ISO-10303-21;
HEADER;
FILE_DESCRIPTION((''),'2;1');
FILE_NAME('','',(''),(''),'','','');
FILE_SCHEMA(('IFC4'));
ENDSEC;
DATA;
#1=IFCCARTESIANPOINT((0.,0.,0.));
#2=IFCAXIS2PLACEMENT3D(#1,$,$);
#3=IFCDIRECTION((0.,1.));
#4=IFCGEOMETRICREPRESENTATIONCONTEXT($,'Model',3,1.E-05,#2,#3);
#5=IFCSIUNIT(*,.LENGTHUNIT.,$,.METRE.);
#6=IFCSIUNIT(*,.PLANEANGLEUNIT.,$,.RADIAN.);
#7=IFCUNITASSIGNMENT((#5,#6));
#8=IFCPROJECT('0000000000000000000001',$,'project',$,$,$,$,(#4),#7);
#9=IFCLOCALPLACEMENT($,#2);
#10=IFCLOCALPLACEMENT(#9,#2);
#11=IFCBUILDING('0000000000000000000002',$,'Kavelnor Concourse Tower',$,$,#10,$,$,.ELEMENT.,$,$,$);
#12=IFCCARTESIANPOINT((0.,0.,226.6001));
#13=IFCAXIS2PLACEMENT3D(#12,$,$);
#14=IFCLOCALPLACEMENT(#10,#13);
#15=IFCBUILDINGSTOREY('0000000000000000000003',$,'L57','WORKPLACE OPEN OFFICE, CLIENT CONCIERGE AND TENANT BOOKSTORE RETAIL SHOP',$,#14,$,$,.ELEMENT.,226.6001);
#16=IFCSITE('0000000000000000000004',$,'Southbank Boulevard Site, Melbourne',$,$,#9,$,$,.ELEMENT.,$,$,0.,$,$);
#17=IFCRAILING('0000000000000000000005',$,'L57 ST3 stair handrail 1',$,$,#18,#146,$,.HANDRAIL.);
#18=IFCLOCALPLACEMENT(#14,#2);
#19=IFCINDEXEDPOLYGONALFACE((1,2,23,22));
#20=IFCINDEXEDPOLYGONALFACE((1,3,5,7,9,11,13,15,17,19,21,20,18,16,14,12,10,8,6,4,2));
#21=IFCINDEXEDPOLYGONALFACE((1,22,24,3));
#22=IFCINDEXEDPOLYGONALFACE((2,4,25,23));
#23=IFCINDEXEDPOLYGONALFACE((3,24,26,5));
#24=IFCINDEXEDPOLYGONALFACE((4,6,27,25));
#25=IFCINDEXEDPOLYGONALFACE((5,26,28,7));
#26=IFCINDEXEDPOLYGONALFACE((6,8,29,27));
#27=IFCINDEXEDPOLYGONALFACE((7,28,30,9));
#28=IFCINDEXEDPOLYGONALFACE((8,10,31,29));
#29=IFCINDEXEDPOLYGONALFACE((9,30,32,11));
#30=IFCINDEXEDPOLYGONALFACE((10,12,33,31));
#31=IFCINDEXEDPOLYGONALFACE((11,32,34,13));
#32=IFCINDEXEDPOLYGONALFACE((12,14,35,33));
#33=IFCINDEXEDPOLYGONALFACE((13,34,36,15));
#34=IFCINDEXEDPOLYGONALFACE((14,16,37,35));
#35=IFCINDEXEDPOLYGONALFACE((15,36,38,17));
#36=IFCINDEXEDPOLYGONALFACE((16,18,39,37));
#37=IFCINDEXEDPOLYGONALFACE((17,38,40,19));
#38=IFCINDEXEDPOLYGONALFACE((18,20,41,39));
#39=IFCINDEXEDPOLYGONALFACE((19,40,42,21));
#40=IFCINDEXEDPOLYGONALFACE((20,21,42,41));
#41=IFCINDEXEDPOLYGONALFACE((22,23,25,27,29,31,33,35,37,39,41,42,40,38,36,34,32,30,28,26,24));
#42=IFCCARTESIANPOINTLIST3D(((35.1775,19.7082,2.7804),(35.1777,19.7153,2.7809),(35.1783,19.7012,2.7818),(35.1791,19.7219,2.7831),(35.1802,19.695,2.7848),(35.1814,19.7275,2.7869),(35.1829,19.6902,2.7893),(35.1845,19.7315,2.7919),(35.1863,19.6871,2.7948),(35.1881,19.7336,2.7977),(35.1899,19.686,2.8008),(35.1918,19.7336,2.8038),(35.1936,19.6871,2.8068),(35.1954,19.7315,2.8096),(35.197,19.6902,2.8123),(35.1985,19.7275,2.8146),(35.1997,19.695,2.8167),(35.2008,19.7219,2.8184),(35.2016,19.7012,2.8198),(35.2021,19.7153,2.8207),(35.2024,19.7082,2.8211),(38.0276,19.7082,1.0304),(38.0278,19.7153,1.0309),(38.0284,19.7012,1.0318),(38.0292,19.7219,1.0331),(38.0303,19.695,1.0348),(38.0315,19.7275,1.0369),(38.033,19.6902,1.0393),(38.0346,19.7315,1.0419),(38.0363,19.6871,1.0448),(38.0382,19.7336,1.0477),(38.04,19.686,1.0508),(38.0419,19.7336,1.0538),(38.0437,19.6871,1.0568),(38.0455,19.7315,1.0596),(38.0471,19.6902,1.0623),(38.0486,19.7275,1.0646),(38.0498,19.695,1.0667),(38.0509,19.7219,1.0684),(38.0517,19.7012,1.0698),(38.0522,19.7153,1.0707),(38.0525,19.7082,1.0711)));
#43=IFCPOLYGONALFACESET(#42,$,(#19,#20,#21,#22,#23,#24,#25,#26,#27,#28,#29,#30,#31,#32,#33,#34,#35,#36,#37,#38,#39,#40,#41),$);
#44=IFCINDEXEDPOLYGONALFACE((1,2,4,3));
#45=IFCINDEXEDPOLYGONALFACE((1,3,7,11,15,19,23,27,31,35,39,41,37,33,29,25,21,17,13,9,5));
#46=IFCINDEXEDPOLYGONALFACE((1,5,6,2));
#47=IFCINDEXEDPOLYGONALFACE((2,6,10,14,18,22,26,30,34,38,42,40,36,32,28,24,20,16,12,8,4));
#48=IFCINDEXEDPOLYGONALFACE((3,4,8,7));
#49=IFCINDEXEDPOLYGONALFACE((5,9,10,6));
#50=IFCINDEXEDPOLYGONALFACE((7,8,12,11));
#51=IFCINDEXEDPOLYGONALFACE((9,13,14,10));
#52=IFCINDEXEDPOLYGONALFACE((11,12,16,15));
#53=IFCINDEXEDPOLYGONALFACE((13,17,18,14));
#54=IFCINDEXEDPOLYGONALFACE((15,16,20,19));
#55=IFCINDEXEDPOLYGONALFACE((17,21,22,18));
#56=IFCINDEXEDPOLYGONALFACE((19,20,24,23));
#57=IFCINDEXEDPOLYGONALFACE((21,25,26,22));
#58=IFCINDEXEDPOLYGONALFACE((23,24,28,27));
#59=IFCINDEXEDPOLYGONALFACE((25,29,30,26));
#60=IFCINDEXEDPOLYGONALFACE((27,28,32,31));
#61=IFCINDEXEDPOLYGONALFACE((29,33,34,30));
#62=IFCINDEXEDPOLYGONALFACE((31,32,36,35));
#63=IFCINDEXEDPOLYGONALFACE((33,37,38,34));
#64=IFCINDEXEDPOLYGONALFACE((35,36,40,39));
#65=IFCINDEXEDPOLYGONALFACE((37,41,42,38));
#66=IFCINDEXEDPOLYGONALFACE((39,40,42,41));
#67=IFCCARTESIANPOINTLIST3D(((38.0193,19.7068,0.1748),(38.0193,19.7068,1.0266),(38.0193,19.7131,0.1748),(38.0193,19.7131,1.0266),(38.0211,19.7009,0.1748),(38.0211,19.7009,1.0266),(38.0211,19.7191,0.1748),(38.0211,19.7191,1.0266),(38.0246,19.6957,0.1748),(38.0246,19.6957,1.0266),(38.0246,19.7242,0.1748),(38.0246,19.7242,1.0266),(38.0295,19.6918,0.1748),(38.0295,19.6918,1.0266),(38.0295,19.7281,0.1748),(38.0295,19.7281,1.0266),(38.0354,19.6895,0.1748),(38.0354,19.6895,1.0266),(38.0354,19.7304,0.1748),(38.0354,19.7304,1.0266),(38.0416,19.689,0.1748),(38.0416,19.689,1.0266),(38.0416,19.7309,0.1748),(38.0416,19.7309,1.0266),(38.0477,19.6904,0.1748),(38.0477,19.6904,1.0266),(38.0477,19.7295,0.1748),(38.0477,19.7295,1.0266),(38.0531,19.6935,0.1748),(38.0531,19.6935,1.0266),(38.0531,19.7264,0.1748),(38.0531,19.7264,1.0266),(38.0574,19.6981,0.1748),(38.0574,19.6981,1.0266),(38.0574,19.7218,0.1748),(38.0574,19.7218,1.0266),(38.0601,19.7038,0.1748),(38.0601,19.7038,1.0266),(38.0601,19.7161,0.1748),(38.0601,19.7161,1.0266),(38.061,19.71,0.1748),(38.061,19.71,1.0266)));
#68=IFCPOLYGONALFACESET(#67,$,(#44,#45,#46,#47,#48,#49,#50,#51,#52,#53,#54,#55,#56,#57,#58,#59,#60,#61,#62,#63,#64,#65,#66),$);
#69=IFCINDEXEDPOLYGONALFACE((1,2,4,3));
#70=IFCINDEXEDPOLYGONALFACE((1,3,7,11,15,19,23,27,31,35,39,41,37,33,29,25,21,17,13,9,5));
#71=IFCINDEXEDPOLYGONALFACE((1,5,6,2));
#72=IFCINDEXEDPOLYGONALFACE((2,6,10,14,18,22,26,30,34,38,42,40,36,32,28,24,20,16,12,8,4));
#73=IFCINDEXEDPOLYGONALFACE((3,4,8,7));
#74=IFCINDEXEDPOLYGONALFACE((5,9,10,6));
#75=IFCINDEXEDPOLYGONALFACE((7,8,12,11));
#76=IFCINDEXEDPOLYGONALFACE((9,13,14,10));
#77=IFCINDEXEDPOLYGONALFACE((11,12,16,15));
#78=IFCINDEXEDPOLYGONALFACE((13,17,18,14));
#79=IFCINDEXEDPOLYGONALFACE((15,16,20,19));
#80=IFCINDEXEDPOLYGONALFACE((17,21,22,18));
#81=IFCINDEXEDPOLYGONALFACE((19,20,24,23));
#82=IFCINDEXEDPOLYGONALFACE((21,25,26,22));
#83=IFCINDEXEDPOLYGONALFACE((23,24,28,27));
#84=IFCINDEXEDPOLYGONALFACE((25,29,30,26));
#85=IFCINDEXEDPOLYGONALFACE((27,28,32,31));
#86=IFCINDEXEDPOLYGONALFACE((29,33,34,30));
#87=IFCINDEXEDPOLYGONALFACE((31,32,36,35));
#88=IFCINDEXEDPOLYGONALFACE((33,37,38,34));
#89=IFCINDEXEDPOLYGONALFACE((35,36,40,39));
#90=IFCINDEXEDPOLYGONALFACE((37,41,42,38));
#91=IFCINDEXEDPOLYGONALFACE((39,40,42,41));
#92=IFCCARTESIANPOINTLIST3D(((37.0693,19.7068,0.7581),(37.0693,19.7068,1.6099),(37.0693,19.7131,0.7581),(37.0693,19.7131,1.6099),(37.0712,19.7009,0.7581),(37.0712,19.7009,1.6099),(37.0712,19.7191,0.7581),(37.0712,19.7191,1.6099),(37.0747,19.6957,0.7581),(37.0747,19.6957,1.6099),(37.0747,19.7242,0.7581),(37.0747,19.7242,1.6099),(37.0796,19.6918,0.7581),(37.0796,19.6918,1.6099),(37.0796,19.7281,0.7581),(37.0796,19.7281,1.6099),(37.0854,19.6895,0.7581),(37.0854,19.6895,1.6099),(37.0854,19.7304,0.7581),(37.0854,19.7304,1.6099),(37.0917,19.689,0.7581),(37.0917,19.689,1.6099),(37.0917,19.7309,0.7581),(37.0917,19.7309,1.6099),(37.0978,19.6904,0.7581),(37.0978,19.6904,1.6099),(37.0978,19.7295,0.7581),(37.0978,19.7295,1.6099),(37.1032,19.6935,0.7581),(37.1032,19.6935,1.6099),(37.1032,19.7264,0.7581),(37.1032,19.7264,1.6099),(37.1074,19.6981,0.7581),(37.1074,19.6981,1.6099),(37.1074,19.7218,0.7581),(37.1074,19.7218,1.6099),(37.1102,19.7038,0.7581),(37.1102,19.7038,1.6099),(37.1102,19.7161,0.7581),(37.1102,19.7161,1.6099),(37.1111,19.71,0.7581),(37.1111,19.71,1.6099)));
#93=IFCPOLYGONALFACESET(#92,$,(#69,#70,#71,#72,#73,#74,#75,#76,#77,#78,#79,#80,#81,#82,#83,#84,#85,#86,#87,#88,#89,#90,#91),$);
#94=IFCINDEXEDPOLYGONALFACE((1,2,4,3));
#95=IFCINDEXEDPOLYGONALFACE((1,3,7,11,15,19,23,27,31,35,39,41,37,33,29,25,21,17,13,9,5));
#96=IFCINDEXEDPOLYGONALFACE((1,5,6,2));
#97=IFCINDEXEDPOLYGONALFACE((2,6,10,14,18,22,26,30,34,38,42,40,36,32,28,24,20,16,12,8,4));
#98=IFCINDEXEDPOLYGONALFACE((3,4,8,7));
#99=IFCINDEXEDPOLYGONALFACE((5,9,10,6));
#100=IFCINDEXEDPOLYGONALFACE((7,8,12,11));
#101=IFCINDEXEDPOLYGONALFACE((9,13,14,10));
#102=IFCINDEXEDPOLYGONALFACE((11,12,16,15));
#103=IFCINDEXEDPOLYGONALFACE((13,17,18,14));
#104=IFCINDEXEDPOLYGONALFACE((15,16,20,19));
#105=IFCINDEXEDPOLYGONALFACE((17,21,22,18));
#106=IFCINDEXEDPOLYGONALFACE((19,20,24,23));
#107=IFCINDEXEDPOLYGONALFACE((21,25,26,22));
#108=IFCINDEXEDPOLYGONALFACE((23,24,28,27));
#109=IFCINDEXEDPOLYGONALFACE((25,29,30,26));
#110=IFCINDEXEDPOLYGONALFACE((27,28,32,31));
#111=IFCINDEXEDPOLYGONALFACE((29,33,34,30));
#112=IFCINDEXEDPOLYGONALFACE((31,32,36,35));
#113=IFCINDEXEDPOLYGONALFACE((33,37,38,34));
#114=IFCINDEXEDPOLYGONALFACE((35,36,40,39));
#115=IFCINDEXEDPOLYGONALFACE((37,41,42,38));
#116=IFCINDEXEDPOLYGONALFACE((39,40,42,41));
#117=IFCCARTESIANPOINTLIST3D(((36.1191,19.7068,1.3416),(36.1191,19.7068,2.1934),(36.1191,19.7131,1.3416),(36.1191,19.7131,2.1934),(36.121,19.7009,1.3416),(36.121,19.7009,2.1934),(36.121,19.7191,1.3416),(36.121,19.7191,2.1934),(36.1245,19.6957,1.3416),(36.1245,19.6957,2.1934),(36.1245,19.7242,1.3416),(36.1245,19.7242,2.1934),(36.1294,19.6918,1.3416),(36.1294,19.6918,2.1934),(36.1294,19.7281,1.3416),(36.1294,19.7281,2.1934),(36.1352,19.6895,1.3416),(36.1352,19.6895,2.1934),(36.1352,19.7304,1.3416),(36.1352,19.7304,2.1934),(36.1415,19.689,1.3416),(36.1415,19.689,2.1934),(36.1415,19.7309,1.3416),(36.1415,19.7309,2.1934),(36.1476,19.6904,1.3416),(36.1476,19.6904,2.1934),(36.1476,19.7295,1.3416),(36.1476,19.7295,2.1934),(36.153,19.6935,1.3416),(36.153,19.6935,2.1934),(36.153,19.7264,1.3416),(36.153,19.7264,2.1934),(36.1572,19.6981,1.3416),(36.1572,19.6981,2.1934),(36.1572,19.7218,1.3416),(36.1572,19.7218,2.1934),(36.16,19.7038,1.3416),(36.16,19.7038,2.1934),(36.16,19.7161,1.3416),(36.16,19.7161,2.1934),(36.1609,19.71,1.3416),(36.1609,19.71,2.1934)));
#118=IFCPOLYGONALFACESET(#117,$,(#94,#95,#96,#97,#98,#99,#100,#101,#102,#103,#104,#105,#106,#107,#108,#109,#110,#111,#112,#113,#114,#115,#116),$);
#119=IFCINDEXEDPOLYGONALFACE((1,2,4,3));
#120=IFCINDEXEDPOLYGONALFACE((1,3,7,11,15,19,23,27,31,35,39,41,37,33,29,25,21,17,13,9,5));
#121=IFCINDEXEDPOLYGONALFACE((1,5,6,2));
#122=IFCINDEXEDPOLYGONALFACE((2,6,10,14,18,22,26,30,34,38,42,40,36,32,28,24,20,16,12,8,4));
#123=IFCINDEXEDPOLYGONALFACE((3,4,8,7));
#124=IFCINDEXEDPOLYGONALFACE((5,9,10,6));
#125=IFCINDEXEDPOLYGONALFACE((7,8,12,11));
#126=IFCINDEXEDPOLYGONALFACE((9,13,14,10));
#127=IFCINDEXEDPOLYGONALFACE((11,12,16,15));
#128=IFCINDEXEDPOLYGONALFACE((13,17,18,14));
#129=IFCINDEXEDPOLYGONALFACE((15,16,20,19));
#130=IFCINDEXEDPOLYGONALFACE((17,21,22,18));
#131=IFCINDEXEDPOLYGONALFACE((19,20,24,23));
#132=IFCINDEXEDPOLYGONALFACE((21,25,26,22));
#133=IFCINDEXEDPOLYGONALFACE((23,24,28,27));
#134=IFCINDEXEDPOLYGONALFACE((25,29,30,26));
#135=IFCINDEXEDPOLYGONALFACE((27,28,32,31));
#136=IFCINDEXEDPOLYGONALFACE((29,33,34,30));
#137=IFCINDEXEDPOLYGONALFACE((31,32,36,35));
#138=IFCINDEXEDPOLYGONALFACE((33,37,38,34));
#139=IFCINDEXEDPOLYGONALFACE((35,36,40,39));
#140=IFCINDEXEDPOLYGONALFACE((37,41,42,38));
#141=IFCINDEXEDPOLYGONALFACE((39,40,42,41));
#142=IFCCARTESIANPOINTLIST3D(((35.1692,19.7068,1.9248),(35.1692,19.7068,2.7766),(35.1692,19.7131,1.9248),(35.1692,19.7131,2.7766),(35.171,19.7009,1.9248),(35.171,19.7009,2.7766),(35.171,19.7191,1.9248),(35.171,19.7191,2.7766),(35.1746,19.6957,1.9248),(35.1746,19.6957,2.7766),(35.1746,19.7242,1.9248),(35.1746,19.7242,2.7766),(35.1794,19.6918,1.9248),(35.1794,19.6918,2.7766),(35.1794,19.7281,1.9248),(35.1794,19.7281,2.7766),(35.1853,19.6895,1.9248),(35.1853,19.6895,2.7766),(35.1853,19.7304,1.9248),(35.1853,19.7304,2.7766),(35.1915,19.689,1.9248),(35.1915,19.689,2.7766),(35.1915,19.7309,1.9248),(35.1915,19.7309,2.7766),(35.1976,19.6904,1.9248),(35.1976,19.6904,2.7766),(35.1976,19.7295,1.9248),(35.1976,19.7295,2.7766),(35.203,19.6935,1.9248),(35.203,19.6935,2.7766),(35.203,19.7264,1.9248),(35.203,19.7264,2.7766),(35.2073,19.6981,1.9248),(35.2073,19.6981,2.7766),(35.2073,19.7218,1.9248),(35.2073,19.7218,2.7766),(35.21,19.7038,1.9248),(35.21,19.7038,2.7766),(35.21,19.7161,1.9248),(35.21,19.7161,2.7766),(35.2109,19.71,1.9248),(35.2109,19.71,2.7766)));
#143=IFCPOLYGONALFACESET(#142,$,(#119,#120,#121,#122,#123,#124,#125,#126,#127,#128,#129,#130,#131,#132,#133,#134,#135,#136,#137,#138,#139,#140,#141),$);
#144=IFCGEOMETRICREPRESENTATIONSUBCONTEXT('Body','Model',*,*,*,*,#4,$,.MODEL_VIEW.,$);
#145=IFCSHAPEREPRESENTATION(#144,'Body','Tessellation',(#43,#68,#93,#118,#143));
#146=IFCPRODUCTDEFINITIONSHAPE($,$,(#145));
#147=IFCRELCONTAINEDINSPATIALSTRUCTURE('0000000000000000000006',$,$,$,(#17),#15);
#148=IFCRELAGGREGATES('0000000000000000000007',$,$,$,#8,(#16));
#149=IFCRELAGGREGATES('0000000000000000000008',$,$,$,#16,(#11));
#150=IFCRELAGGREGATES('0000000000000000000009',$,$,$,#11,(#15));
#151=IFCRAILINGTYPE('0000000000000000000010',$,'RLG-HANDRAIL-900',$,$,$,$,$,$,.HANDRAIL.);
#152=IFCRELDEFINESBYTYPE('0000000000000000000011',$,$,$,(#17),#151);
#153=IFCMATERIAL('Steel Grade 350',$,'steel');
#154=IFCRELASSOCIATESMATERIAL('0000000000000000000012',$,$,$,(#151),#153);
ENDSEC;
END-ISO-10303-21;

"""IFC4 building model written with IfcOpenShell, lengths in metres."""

from ifc_helpers import new_model, si_unit, direction, frame, origin, origin_2d, place, context, subcontext, project, spatial, circle, extrude, material, type_object, element, save


model = new_model("IFC4")

# Units and contexts
model_context = context("Model", 3, precision=1e-05, world=origin(), true_north=direction((0.0, 1.0)))
body_context = subcontext(model_context, "Body", "Model", "MODEL_VIEW")
ifc_project = project(units=[si_unit("LENGTHUNIT", "METRE"), si_unit("PLANEANGLEUNIT", "RADIAN")], contexts=[model_context])

# Site, building, storey
site_placement = place(None, origin())
site = spatial("IfcSite", under=ifc_project, at=site_placement, Name="Southbank Boulevard Site, Melbourne", CompositionType="ELEMENT", RefElevation=0.0)
building_placement = place(site_placement, origin())
building = spatial("IfcBuilding", under=site, at=building_placement, Name="Kavelnor Concourse Tower", CompositionType="ELEMENT")
storey_placement = place(building_placement, frame((0.0, 0.0, 226.6001)))
storey = spatial("IfcBuildingStorey", under=building, at=storey_placement, Name="L57", Description="WORKPLACE OPEN OFFICE, CLIENT CONCIERGE AND TENANT BOOKSTORE RETAIL SHOP", CompositionType="ELEMENT", Elevation=226.6001)

# Shared definitions
ifc_material_1 = material(Name="Steel Grade 350", Category="steel")

# Railing
railing_type_1 = type_object("IfcRailingType", Name="RLG-HANDRAIL-900", PredefinedType="HANDRAIL", material=ifc_material_1)
railing_1_placement = place(storey_placement, frame((38.04, 19.71, 0.1748)))
element("IfcRailing", 1, at=railing_1_placement, inside=storey, type_object=railing_type_1, Name="L57 ST3 stair handrail 1", PredefinedType="HANDRAIL", context=body_context, shape_type="SweptSolid", body=[
    extrude(circle(Radius=0.0239, at=origin_2d()), frame((0.0, 0.0, 0.876), z_axis=(-0.852179, 0.0, 0.52325), x_axis=(0.0, -1.0, 0.0)), (0.0, 0.0, 1.0), 3.3445),
    extrude(circle(Radius=0.021, at=origin_2d()), origin(), (0.0, 0.0, 1.0), 0.8518),
    extrude(circle(Radius=0.021, at=origin_2d()), frame((-0.95, 0.0, 0.5833)), (0.0, 0.0, 1.0), 0.8518),
    extrude(circle(Radius=0.021, at=origin_2d()), frame((-1.9001, 0.0, 1.1667)), (0.0, 0.0, 1.0), 0.8518),
    extrude(circle(Radius=0.021, at=origin_2d()), frame((-2.8501, 0.0, 1.75)), (0.0, 0.0, 1.0), 0.8518),
])

save(model, "model.ifc")
